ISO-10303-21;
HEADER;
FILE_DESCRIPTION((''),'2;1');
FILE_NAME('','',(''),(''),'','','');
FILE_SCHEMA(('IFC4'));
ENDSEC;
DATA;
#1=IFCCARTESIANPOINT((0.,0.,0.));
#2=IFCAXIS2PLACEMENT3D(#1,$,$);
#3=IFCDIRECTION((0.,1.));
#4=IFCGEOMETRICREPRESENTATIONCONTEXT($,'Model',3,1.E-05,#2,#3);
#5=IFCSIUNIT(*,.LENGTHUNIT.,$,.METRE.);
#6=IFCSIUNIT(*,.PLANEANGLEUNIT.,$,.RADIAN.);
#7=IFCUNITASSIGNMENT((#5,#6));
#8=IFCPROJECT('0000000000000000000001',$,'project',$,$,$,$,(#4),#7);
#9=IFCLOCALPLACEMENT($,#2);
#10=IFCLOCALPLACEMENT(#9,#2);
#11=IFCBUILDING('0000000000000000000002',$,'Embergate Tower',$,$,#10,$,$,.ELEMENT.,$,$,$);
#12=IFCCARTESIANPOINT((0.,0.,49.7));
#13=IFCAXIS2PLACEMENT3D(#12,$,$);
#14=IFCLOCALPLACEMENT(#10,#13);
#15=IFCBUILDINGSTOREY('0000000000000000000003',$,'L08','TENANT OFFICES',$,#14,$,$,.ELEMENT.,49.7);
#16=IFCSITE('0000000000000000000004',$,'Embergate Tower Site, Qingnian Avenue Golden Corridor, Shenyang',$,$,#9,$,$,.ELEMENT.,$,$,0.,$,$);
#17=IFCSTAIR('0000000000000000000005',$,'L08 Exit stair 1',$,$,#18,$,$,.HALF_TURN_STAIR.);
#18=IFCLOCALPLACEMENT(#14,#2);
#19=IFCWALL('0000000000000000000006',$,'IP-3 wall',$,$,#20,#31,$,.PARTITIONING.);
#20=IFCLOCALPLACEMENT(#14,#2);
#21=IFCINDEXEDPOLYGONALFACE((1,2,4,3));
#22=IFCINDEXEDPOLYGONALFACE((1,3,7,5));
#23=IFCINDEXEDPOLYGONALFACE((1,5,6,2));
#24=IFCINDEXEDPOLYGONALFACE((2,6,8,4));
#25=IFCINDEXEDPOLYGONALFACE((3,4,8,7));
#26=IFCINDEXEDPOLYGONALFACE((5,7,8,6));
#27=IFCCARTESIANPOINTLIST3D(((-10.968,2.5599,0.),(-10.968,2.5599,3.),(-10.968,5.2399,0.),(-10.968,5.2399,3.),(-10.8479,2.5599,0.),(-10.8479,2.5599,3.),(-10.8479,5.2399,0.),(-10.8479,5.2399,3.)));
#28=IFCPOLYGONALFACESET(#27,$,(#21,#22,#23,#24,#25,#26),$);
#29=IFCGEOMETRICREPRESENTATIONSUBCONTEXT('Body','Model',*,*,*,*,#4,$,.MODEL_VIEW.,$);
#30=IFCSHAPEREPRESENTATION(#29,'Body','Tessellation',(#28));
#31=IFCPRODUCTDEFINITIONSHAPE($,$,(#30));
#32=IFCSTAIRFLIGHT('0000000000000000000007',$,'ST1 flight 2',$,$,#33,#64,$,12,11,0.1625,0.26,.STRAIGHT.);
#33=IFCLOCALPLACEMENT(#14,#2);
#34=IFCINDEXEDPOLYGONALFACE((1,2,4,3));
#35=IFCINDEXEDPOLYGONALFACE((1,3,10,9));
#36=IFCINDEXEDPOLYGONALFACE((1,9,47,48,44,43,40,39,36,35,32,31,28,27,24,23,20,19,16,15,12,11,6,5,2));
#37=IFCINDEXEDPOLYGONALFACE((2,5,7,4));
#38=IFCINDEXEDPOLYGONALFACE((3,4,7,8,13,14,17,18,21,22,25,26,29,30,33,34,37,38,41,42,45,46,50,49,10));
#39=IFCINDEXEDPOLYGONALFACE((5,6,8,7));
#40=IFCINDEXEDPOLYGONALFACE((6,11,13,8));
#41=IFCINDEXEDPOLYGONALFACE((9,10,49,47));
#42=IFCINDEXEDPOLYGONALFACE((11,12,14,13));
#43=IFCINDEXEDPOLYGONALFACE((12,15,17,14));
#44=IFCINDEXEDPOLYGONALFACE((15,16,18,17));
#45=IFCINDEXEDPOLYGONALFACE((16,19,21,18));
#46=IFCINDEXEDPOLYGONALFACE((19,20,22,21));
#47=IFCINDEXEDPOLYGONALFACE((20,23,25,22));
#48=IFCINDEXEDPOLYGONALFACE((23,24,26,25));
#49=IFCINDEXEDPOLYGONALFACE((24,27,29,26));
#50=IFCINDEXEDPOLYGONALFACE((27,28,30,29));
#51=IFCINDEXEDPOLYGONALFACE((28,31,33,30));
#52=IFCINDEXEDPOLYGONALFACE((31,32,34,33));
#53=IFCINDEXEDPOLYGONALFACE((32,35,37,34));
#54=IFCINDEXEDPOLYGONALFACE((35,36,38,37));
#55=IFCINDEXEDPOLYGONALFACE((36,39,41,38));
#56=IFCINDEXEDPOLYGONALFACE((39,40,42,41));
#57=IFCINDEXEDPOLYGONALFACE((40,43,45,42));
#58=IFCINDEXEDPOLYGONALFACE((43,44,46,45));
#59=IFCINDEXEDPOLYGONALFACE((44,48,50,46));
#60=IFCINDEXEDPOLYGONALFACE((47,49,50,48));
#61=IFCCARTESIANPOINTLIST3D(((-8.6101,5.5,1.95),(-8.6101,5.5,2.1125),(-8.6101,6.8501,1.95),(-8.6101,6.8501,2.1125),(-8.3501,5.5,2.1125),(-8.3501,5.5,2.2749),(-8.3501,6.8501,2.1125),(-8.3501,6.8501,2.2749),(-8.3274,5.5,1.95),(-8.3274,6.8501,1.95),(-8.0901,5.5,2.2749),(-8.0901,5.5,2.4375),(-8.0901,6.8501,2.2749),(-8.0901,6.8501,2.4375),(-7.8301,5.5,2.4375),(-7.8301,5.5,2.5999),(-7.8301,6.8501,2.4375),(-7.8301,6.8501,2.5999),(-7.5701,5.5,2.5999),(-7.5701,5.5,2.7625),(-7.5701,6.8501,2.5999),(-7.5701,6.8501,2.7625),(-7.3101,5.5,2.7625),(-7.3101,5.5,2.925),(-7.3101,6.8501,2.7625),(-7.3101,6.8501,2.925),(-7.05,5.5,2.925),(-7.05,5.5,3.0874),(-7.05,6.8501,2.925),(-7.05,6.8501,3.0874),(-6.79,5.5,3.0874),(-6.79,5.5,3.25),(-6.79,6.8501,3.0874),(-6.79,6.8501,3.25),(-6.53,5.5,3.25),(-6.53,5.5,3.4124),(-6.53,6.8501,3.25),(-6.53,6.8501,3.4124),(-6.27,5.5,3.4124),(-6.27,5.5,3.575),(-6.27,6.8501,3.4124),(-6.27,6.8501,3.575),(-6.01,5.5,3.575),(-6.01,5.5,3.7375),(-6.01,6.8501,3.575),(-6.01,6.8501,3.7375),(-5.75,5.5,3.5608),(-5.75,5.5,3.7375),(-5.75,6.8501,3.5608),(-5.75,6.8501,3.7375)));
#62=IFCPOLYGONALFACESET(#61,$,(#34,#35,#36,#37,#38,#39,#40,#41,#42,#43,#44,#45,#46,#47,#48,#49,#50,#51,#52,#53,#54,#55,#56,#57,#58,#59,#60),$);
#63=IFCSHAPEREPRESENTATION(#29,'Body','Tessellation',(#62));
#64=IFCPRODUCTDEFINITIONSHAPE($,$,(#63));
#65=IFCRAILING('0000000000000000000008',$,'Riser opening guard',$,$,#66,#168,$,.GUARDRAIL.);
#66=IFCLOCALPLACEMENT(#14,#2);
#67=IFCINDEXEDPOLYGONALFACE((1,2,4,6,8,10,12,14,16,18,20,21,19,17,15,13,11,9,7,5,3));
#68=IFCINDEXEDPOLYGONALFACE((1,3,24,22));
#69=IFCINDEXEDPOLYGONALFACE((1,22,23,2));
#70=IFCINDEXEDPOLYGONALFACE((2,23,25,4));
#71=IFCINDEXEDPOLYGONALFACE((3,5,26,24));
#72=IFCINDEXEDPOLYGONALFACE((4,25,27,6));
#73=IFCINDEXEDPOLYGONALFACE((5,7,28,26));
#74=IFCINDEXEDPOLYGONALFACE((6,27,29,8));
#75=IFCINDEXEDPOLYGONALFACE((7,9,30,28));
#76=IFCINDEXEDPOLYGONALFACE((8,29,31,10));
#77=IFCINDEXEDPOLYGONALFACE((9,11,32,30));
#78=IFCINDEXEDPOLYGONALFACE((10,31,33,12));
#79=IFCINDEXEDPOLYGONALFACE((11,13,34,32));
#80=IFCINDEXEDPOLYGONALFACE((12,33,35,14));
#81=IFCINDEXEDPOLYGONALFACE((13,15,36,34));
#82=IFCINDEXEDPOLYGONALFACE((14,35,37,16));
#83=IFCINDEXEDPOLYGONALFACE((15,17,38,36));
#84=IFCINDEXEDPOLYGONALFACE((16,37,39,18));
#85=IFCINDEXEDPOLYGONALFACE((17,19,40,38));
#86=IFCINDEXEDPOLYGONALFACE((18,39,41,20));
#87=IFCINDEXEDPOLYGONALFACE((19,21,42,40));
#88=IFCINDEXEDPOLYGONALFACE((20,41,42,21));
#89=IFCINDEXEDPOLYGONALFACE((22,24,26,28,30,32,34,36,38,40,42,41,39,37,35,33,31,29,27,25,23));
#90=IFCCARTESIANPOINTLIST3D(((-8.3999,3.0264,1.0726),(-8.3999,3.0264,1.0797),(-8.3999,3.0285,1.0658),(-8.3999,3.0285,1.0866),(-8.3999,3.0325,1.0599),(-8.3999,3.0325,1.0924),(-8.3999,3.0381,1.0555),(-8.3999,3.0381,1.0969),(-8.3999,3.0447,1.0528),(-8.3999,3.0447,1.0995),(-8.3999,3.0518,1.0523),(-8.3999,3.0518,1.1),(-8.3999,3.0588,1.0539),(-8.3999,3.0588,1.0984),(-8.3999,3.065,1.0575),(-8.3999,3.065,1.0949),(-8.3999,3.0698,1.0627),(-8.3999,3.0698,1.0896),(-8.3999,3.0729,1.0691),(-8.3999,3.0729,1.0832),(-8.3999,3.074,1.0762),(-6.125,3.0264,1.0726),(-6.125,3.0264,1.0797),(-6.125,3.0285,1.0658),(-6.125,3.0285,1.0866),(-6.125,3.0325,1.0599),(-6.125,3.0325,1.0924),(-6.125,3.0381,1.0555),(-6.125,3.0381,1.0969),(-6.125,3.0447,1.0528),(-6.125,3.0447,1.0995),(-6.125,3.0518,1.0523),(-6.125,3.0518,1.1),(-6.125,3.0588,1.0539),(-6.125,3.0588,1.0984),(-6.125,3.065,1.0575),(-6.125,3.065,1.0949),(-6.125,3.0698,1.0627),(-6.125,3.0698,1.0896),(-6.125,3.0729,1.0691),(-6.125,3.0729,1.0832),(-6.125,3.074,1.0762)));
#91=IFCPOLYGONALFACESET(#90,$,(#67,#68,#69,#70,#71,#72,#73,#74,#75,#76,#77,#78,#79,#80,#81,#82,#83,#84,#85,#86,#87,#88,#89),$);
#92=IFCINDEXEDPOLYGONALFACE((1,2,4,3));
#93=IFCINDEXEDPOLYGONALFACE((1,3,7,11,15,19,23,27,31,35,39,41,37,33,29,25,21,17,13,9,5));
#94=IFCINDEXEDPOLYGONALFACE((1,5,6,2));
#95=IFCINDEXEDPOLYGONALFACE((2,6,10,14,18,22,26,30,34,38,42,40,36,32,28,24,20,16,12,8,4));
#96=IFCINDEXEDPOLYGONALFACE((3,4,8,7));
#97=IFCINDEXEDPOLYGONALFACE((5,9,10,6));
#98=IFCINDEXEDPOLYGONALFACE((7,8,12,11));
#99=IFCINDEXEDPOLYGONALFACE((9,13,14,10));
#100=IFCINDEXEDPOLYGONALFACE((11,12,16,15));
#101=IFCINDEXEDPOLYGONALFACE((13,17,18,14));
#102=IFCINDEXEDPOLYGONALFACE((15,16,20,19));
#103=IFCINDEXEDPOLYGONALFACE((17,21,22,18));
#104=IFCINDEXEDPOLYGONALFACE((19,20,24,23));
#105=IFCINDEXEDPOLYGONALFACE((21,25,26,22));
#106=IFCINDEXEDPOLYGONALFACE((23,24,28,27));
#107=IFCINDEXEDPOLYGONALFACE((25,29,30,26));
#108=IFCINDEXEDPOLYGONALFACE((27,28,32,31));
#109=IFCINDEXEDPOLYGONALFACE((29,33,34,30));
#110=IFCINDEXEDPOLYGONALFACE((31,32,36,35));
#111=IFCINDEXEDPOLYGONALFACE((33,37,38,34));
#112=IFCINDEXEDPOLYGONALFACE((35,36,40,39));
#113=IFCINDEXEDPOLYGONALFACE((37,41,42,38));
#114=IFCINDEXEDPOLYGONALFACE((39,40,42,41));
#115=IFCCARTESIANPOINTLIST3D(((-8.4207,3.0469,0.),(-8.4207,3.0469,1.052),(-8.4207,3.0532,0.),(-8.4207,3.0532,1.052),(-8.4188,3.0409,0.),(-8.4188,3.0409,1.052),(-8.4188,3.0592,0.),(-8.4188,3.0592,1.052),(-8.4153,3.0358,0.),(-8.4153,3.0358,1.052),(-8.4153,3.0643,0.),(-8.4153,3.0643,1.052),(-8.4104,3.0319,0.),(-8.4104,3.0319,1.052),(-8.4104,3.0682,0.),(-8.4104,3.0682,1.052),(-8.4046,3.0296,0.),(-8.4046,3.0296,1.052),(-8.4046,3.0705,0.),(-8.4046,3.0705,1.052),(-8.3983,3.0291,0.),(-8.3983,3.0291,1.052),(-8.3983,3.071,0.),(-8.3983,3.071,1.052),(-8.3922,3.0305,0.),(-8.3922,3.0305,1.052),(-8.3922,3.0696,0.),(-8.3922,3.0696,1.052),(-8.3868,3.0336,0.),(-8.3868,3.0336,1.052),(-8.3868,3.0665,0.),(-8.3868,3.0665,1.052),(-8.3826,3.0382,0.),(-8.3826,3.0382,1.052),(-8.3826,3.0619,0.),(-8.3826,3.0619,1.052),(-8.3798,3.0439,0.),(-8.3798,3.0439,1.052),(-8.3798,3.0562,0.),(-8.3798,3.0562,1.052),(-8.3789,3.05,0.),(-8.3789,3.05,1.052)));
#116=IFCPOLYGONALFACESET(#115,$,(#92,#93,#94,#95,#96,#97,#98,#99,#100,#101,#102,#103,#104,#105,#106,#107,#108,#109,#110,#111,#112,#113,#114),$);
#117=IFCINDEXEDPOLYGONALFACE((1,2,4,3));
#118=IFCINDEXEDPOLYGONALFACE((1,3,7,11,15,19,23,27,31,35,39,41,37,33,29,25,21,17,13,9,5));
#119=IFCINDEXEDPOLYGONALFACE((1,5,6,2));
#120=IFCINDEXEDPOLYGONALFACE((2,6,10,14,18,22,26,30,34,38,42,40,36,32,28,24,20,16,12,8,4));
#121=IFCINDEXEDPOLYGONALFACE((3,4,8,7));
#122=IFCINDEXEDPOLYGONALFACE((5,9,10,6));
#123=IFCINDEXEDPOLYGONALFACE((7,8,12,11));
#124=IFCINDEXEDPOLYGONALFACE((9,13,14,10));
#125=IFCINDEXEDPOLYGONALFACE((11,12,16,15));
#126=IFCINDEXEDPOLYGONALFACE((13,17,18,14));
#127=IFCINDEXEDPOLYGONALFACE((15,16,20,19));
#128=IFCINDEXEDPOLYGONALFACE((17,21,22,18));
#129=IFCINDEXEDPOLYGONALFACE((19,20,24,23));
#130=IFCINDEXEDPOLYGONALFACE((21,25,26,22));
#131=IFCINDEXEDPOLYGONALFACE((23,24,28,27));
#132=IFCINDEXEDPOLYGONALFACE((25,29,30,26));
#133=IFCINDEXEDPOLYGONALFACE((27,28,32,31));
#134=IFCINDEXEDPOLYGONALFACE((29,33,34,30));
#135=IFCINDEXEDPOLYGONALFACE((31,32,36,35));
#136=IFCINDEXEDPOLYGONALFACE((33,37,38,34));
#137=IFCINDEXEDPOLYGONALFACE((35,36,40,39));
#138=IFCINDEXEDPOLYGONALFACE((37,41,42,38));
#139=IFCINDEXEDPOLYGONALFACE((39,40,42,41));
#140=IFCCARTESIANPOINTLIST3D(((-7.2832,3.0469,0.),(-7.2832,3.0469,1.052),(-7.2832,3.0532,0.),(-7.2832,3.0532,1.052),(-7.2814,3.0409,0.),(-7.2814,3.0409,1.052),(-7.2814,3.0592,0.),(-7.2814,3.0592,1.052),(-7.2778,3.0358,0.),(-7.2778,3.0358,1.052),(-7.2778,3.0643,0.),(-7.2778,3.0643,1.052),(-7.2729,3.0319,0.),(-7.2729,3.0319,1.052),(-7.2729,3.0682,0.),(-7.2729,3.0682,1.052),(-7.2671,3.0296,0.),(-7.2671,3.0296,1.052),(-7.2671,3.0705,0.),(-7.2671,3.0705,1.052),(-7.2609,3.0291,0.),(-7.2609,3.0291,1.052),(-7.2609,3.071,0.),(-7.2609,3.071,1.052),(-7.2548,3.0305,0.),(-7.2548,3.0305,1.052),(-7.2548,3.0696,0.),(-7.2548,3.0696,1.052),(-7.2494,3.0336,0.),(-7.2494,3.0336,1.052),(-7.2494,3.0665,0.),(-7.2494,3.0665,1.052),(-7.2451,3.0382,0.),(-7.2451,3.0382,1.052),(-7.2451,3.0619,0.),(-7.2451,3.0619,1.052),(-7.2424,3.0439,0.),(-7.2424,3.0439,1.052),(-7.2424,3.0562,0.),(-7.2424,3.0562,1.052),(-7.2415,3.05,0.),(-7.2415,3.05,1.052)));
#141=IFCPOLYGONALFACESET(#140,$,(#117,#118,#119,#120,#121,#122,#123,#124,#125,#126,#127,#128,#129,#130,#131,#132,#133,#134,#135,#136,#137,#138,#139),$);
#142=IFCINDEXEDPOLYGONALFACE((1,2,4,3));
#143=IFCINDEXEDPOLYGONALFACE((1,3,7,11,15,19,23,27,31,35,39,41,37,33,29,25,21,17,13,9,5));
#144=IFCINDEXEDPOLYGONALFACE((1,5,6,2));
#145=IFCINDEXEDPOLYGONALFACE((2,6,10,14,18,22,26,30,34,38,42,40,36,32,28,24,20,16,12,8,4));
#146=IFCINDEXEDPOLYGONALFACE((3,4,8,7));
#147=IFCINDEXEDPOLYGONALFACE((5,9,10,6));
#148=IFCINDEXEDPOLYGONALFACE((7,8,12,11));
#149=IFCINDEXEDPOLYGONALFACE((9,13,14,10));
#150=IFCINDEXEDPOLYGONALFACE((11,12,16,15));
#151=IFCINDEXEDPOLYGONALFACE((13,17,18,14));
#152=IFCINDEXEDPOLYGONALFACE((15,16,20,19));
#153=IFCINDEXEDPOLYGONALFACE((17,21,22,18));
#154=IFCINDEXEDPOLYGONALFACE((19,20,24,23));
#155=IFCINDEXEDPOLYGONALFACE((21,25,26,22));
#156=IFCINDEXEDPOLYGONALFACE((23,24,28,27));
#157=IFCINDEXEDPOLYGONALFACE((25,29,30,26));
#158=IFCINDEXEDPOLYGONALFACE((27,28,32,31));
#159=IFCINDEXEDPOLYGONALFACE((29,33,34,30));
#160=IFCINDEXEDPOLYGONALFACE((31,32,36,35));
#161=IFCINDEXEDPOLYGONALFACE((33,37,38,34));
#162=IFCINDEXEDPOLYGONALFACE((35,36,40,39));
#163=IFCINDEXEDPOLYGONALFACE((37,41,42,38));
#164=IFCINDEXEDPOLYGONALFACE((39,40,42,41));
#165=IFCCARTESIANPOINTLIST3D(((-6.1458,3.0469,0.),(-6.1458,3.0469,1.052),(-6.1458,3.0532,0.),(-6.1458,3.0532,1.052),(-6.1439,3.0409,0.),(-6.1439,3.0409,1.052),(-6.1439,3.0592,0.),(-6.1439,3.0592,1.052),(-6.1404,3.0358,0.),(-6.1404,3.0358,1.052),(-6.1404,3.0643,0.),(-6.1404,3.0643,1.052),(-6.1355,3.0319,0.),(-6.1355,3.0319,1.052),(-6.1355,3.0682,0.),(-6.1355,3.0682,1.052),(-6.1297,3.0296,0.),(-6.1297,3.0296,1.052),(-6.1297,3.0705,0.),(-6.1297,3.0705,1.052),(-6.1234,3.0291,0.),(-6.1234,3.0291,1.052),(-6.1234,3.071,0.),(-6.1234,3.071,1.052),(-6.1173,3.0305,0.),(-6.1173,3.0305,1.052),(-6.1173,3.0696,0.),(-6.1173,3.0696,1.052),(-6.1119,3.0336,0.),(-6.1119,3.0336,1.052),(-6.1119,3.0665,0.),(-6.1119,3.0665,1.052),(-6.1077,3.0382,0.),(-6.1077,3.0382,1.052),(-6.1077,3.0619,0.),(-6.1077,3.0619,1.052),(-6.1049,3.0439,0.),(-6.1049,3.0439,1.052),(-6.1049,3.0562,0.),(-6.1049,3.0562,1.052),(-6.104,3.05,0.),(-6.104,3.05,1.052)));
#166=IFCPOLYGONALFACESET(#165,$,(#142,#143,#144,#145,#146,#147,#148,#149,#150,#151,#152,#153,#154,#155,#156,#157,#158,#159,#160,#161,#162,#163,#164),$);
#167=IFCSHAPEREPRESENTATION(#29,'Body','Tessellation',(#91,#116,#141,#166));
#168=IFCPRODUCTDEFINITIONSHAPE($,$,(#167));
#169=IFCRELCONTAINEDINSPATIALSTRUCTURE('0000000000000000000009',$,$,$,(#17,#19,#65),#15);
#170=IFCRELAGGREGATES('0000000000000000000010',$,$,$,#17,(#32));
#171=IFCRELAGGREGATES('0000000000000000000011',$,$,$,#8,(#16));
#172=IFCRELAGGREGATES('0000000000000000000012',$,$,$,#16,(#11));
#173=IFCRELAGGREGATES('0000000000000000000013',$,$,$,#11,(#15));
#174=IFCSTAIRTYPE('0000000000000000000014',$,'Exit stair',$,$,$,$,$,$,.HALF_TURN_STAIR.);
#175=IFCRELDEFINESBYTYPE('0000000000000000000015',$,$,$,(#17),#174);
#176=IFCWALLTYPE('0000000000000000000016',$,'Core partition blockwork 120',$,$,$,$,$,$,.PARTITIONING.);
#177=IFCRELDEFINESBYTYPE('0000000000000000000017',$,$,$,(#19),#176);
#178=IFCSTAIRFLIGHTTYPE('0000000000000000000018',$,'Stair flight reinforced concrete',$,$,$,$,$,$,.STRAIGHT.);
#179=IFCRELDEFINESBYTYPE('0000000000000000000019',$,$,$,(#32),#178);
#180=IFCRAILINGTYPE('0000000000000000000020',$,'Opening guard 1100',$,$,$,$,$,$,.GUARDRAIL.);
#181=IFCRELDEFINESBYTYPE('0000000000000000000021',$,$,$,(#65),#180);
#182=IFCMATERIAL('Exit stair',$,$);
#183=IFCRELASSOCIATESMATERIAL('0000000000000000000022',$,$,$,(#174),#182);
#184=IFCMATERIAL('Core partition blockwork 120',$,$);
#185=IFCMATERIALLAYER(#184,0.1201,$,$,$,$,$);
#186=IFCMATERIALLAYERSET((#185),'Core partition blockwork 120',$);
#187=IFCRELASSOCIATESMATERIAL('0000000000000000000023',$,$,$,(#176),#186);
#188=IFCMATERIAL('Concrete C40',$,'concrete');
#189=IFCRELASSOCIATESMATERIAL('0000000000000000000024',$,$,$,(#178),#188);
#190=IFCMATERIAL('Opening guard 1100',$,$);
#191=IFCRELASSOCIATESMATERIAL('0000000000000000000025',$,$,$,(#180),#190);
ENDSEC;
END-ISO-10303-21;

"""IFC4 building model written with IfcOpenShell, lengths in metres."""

from ifc_helpers import new_model, si_unit, direction, frame, frame_2d, origin, origin_2d, place, context, subcontext, project, spatial, polyline, rectangle, circle, outline, extrude, source, transform, mapped, material, layer, layer_set, type_object, element, aggregate, save


model = new_model("IFC4")

# Units and contexts
model_context = context("Model", 3, precision=1e-05, world=origin(), true_north=direction((0.0, 1.0)))
body_context = subcontext(model_context, "Body", "Model", "MODEL_VIEW")
ifc_project = project(units=[si_unit("LENGTHUNIT", "METRE"), si_unit("PLANEANGLEUNIT", "RADIAN")], contexts=[model_context])

# Site, building, storey
site_placement = place(None, origin())
site = spatial("IfcSite", under=ifc_project, at=site_placement, Name="Embergate Tower Site, Qingnian Avenue Golden Corridor, Shenyang", CompositionType="ELEMENT", RefElevation=0.0)
building_placement = place(site_placement, origin())
building = spatial("IfcBuilding", under=site, at=building_placement, Name="Embergate Tower", CompositionType="ELEMENT")
storey_placement = place(building_placement, frame((0.0, 0.0, 49.7)))
storey = spatial("IfcBuildingStorey", under=building, at=storey_placement, Name="L08", Description="TENANT OFFICES", CompositionType="ELEMENT", Elevation=49.7)

# Stair
ifc_material_1 = material(Name="Exit stair")
stair_type = type_object("IfcStairType", Name="Exit stair", PredefinedType="HALF_TURN_STAIR", material=ifc_material_1)
stair_placement = place(storey_placement, origin())
stair = element("IfcStair", 1, at=stair_placement, inside=storey, type_object=stair_type, Name="L08 Exit stair 1", PredefinedType="HALF_TURN_STAIR")
ifc_material_2 = material(Name="Concrete C40", Category="concrete")

# Shared definitions
ifc_material_3 = material(Name="Core partition blockwork 120")
ifc_layer_1 = layer(ifc_material_3, 0.1201)
ifc_layer_set_1 = layer_set([ifc_layer_1], Name="Core partition blockwork 120")
wall_type_1 = type_object("IfcWallType", Name="Core partition blockwork 120", PredefinedType="PARTITIONING", material=ifc_layer_set_1)

# Wall
shared_shape_1 = source(origin(), body_context, "Body", "SweptSolid", [
    extrude(rectangle(XDim=2.6799, YDim=0.1201, at=frame_2d((1.3398, 0.0))), origin(), (0.0, 0.0, 1.0), 3.0),
])
wall_1_placement = place(storey_placement, frame((-10.908, 2.5601, 0.0), z_axis=(0.0, 0.0, 1.0), x_axis=(0.0, 1.0, 0.0)))
element("IfcWall", 2, at=wall_1_placement, inside=storey, type_object=wall_type_1, Name="IP-3 wall", PredefinedType="PARTITIONING", context=body_context, shape_type="MappedRepresentation", body=[
    mapped(shared_shape_1, transform((0.0, 0.0, 0.0))),
])

# Stair flight
stair_flight_type = type_object("IfcStairFlightType", Name="Stair flight reinforced concrete", PredefinedType="STRAIGHT", material=ifc_material_2)
shared_shape_2 = source(origin(), body_context, "Body", "SweptSolid", [
    extrude(outline(polyline([(0.0, 0.0), (0.0, 0.1626), (0.26, 0.1626), (0.26, 0.325), (0.52, 0.325), (0.52, 0.4875), (0.78, 0.4875), (0.78, 0.6499), (1.04, 0.6499), (1.04, 0.8125), (1.3, 0.8125), (1.3, 0.9751), (1.5601, 0.9751), (1.5601, 1.1375), (1.8201, 1.1375), (1.8201, 1.3), (2.0801, 1.3), (2.0801, 1.4624), (2.3401, 1.4624), (2.3401, 1.625), (2.6001, 1.625), (2.6001, 1.7876), (2.8601, 1.7876), (2.8601, 1.95), (2.8601, 1.6108), (0.2827, 0.0), (0.0, 0.0)])), frame((0.0, 0.675, 0.0), z_axis=(0.0, -1.0, 0.0), x_axis=(1.0, 0.0, 0.0)), (0.0, 0.0, 1.0), 1.3501),
])
stair_flight_placement = place(storey_placement, frame((-8.6101, 6.175, 1.95), z_axis=(0.0, 0.0, 1.0), x_axis=(1.0, 0.0, 0.0)))
stair_flight = element("IfcStairFlight", 3, at=stair_flight_placement, type_object=stair_flight_type, Name="ST1 flight 2", NumberOfRisers=12, NumberOfTreads=11, PredefinedType="STRAIGHT", RiserHeight=0.1625, TreadLength=0.26, context=body_context, shape_type="MappedRepresentation", body=[
    mapped(shared_shape_2, transform((0.0, 0.0, 0.0))),
])
aggregate(stair, [stair_flight])

# Railing
ifc_material_4 = material(Name="Opening guard 1100")
railing_type = type_object("IfcRailingType", Name="Opening guard 1100", PredefinedType="GUARDRAIL", material=ifc_material_4)
shared_shape_3 = source(origin(), body_context, "Body", "SweptSolid", [
    extrude(circle(Radius=0.0239, at=origin_2d()), frame((0.0, 0.0, 1.0762), z_axis=(1.0, 0.0, 0.0), x_axis=(0.0, 1.0, 0.0)), (0.0, 0.0, 1.0), 2.2749),
    extrude(circle(Radius=0.021, at=origin_2d()), origin(), (0.0, 0.0, 1.0), 1.052),
    extrude(circle(Radius=0.021, at=origin_2d()), frame((1.1375, 0.0, 0.0)), (0.0, 0.0, 1.0), 1.052),
    extrude(circle(Radius=0.021, at=origin_2d()), frame((2.2749, 0.0, 0.0)), (0.0, 0.0, 1.0), 1.052),
])
railing_placement = place(storey_placement, frame((-8.3999, 3.05, 0.0)))
element("IfcRailing", 4, at=railing_placement, inside=storey, type_object=railing_type, Name="Riser opening guard", PredefinedType="GUARDRAIL", context=body_context, shape_type="MappedRepresentation", body=[
    mapped(shared_shape_3, transform((0.0, 0.0, 0.0))),
])

save(model, "model.ifc")
